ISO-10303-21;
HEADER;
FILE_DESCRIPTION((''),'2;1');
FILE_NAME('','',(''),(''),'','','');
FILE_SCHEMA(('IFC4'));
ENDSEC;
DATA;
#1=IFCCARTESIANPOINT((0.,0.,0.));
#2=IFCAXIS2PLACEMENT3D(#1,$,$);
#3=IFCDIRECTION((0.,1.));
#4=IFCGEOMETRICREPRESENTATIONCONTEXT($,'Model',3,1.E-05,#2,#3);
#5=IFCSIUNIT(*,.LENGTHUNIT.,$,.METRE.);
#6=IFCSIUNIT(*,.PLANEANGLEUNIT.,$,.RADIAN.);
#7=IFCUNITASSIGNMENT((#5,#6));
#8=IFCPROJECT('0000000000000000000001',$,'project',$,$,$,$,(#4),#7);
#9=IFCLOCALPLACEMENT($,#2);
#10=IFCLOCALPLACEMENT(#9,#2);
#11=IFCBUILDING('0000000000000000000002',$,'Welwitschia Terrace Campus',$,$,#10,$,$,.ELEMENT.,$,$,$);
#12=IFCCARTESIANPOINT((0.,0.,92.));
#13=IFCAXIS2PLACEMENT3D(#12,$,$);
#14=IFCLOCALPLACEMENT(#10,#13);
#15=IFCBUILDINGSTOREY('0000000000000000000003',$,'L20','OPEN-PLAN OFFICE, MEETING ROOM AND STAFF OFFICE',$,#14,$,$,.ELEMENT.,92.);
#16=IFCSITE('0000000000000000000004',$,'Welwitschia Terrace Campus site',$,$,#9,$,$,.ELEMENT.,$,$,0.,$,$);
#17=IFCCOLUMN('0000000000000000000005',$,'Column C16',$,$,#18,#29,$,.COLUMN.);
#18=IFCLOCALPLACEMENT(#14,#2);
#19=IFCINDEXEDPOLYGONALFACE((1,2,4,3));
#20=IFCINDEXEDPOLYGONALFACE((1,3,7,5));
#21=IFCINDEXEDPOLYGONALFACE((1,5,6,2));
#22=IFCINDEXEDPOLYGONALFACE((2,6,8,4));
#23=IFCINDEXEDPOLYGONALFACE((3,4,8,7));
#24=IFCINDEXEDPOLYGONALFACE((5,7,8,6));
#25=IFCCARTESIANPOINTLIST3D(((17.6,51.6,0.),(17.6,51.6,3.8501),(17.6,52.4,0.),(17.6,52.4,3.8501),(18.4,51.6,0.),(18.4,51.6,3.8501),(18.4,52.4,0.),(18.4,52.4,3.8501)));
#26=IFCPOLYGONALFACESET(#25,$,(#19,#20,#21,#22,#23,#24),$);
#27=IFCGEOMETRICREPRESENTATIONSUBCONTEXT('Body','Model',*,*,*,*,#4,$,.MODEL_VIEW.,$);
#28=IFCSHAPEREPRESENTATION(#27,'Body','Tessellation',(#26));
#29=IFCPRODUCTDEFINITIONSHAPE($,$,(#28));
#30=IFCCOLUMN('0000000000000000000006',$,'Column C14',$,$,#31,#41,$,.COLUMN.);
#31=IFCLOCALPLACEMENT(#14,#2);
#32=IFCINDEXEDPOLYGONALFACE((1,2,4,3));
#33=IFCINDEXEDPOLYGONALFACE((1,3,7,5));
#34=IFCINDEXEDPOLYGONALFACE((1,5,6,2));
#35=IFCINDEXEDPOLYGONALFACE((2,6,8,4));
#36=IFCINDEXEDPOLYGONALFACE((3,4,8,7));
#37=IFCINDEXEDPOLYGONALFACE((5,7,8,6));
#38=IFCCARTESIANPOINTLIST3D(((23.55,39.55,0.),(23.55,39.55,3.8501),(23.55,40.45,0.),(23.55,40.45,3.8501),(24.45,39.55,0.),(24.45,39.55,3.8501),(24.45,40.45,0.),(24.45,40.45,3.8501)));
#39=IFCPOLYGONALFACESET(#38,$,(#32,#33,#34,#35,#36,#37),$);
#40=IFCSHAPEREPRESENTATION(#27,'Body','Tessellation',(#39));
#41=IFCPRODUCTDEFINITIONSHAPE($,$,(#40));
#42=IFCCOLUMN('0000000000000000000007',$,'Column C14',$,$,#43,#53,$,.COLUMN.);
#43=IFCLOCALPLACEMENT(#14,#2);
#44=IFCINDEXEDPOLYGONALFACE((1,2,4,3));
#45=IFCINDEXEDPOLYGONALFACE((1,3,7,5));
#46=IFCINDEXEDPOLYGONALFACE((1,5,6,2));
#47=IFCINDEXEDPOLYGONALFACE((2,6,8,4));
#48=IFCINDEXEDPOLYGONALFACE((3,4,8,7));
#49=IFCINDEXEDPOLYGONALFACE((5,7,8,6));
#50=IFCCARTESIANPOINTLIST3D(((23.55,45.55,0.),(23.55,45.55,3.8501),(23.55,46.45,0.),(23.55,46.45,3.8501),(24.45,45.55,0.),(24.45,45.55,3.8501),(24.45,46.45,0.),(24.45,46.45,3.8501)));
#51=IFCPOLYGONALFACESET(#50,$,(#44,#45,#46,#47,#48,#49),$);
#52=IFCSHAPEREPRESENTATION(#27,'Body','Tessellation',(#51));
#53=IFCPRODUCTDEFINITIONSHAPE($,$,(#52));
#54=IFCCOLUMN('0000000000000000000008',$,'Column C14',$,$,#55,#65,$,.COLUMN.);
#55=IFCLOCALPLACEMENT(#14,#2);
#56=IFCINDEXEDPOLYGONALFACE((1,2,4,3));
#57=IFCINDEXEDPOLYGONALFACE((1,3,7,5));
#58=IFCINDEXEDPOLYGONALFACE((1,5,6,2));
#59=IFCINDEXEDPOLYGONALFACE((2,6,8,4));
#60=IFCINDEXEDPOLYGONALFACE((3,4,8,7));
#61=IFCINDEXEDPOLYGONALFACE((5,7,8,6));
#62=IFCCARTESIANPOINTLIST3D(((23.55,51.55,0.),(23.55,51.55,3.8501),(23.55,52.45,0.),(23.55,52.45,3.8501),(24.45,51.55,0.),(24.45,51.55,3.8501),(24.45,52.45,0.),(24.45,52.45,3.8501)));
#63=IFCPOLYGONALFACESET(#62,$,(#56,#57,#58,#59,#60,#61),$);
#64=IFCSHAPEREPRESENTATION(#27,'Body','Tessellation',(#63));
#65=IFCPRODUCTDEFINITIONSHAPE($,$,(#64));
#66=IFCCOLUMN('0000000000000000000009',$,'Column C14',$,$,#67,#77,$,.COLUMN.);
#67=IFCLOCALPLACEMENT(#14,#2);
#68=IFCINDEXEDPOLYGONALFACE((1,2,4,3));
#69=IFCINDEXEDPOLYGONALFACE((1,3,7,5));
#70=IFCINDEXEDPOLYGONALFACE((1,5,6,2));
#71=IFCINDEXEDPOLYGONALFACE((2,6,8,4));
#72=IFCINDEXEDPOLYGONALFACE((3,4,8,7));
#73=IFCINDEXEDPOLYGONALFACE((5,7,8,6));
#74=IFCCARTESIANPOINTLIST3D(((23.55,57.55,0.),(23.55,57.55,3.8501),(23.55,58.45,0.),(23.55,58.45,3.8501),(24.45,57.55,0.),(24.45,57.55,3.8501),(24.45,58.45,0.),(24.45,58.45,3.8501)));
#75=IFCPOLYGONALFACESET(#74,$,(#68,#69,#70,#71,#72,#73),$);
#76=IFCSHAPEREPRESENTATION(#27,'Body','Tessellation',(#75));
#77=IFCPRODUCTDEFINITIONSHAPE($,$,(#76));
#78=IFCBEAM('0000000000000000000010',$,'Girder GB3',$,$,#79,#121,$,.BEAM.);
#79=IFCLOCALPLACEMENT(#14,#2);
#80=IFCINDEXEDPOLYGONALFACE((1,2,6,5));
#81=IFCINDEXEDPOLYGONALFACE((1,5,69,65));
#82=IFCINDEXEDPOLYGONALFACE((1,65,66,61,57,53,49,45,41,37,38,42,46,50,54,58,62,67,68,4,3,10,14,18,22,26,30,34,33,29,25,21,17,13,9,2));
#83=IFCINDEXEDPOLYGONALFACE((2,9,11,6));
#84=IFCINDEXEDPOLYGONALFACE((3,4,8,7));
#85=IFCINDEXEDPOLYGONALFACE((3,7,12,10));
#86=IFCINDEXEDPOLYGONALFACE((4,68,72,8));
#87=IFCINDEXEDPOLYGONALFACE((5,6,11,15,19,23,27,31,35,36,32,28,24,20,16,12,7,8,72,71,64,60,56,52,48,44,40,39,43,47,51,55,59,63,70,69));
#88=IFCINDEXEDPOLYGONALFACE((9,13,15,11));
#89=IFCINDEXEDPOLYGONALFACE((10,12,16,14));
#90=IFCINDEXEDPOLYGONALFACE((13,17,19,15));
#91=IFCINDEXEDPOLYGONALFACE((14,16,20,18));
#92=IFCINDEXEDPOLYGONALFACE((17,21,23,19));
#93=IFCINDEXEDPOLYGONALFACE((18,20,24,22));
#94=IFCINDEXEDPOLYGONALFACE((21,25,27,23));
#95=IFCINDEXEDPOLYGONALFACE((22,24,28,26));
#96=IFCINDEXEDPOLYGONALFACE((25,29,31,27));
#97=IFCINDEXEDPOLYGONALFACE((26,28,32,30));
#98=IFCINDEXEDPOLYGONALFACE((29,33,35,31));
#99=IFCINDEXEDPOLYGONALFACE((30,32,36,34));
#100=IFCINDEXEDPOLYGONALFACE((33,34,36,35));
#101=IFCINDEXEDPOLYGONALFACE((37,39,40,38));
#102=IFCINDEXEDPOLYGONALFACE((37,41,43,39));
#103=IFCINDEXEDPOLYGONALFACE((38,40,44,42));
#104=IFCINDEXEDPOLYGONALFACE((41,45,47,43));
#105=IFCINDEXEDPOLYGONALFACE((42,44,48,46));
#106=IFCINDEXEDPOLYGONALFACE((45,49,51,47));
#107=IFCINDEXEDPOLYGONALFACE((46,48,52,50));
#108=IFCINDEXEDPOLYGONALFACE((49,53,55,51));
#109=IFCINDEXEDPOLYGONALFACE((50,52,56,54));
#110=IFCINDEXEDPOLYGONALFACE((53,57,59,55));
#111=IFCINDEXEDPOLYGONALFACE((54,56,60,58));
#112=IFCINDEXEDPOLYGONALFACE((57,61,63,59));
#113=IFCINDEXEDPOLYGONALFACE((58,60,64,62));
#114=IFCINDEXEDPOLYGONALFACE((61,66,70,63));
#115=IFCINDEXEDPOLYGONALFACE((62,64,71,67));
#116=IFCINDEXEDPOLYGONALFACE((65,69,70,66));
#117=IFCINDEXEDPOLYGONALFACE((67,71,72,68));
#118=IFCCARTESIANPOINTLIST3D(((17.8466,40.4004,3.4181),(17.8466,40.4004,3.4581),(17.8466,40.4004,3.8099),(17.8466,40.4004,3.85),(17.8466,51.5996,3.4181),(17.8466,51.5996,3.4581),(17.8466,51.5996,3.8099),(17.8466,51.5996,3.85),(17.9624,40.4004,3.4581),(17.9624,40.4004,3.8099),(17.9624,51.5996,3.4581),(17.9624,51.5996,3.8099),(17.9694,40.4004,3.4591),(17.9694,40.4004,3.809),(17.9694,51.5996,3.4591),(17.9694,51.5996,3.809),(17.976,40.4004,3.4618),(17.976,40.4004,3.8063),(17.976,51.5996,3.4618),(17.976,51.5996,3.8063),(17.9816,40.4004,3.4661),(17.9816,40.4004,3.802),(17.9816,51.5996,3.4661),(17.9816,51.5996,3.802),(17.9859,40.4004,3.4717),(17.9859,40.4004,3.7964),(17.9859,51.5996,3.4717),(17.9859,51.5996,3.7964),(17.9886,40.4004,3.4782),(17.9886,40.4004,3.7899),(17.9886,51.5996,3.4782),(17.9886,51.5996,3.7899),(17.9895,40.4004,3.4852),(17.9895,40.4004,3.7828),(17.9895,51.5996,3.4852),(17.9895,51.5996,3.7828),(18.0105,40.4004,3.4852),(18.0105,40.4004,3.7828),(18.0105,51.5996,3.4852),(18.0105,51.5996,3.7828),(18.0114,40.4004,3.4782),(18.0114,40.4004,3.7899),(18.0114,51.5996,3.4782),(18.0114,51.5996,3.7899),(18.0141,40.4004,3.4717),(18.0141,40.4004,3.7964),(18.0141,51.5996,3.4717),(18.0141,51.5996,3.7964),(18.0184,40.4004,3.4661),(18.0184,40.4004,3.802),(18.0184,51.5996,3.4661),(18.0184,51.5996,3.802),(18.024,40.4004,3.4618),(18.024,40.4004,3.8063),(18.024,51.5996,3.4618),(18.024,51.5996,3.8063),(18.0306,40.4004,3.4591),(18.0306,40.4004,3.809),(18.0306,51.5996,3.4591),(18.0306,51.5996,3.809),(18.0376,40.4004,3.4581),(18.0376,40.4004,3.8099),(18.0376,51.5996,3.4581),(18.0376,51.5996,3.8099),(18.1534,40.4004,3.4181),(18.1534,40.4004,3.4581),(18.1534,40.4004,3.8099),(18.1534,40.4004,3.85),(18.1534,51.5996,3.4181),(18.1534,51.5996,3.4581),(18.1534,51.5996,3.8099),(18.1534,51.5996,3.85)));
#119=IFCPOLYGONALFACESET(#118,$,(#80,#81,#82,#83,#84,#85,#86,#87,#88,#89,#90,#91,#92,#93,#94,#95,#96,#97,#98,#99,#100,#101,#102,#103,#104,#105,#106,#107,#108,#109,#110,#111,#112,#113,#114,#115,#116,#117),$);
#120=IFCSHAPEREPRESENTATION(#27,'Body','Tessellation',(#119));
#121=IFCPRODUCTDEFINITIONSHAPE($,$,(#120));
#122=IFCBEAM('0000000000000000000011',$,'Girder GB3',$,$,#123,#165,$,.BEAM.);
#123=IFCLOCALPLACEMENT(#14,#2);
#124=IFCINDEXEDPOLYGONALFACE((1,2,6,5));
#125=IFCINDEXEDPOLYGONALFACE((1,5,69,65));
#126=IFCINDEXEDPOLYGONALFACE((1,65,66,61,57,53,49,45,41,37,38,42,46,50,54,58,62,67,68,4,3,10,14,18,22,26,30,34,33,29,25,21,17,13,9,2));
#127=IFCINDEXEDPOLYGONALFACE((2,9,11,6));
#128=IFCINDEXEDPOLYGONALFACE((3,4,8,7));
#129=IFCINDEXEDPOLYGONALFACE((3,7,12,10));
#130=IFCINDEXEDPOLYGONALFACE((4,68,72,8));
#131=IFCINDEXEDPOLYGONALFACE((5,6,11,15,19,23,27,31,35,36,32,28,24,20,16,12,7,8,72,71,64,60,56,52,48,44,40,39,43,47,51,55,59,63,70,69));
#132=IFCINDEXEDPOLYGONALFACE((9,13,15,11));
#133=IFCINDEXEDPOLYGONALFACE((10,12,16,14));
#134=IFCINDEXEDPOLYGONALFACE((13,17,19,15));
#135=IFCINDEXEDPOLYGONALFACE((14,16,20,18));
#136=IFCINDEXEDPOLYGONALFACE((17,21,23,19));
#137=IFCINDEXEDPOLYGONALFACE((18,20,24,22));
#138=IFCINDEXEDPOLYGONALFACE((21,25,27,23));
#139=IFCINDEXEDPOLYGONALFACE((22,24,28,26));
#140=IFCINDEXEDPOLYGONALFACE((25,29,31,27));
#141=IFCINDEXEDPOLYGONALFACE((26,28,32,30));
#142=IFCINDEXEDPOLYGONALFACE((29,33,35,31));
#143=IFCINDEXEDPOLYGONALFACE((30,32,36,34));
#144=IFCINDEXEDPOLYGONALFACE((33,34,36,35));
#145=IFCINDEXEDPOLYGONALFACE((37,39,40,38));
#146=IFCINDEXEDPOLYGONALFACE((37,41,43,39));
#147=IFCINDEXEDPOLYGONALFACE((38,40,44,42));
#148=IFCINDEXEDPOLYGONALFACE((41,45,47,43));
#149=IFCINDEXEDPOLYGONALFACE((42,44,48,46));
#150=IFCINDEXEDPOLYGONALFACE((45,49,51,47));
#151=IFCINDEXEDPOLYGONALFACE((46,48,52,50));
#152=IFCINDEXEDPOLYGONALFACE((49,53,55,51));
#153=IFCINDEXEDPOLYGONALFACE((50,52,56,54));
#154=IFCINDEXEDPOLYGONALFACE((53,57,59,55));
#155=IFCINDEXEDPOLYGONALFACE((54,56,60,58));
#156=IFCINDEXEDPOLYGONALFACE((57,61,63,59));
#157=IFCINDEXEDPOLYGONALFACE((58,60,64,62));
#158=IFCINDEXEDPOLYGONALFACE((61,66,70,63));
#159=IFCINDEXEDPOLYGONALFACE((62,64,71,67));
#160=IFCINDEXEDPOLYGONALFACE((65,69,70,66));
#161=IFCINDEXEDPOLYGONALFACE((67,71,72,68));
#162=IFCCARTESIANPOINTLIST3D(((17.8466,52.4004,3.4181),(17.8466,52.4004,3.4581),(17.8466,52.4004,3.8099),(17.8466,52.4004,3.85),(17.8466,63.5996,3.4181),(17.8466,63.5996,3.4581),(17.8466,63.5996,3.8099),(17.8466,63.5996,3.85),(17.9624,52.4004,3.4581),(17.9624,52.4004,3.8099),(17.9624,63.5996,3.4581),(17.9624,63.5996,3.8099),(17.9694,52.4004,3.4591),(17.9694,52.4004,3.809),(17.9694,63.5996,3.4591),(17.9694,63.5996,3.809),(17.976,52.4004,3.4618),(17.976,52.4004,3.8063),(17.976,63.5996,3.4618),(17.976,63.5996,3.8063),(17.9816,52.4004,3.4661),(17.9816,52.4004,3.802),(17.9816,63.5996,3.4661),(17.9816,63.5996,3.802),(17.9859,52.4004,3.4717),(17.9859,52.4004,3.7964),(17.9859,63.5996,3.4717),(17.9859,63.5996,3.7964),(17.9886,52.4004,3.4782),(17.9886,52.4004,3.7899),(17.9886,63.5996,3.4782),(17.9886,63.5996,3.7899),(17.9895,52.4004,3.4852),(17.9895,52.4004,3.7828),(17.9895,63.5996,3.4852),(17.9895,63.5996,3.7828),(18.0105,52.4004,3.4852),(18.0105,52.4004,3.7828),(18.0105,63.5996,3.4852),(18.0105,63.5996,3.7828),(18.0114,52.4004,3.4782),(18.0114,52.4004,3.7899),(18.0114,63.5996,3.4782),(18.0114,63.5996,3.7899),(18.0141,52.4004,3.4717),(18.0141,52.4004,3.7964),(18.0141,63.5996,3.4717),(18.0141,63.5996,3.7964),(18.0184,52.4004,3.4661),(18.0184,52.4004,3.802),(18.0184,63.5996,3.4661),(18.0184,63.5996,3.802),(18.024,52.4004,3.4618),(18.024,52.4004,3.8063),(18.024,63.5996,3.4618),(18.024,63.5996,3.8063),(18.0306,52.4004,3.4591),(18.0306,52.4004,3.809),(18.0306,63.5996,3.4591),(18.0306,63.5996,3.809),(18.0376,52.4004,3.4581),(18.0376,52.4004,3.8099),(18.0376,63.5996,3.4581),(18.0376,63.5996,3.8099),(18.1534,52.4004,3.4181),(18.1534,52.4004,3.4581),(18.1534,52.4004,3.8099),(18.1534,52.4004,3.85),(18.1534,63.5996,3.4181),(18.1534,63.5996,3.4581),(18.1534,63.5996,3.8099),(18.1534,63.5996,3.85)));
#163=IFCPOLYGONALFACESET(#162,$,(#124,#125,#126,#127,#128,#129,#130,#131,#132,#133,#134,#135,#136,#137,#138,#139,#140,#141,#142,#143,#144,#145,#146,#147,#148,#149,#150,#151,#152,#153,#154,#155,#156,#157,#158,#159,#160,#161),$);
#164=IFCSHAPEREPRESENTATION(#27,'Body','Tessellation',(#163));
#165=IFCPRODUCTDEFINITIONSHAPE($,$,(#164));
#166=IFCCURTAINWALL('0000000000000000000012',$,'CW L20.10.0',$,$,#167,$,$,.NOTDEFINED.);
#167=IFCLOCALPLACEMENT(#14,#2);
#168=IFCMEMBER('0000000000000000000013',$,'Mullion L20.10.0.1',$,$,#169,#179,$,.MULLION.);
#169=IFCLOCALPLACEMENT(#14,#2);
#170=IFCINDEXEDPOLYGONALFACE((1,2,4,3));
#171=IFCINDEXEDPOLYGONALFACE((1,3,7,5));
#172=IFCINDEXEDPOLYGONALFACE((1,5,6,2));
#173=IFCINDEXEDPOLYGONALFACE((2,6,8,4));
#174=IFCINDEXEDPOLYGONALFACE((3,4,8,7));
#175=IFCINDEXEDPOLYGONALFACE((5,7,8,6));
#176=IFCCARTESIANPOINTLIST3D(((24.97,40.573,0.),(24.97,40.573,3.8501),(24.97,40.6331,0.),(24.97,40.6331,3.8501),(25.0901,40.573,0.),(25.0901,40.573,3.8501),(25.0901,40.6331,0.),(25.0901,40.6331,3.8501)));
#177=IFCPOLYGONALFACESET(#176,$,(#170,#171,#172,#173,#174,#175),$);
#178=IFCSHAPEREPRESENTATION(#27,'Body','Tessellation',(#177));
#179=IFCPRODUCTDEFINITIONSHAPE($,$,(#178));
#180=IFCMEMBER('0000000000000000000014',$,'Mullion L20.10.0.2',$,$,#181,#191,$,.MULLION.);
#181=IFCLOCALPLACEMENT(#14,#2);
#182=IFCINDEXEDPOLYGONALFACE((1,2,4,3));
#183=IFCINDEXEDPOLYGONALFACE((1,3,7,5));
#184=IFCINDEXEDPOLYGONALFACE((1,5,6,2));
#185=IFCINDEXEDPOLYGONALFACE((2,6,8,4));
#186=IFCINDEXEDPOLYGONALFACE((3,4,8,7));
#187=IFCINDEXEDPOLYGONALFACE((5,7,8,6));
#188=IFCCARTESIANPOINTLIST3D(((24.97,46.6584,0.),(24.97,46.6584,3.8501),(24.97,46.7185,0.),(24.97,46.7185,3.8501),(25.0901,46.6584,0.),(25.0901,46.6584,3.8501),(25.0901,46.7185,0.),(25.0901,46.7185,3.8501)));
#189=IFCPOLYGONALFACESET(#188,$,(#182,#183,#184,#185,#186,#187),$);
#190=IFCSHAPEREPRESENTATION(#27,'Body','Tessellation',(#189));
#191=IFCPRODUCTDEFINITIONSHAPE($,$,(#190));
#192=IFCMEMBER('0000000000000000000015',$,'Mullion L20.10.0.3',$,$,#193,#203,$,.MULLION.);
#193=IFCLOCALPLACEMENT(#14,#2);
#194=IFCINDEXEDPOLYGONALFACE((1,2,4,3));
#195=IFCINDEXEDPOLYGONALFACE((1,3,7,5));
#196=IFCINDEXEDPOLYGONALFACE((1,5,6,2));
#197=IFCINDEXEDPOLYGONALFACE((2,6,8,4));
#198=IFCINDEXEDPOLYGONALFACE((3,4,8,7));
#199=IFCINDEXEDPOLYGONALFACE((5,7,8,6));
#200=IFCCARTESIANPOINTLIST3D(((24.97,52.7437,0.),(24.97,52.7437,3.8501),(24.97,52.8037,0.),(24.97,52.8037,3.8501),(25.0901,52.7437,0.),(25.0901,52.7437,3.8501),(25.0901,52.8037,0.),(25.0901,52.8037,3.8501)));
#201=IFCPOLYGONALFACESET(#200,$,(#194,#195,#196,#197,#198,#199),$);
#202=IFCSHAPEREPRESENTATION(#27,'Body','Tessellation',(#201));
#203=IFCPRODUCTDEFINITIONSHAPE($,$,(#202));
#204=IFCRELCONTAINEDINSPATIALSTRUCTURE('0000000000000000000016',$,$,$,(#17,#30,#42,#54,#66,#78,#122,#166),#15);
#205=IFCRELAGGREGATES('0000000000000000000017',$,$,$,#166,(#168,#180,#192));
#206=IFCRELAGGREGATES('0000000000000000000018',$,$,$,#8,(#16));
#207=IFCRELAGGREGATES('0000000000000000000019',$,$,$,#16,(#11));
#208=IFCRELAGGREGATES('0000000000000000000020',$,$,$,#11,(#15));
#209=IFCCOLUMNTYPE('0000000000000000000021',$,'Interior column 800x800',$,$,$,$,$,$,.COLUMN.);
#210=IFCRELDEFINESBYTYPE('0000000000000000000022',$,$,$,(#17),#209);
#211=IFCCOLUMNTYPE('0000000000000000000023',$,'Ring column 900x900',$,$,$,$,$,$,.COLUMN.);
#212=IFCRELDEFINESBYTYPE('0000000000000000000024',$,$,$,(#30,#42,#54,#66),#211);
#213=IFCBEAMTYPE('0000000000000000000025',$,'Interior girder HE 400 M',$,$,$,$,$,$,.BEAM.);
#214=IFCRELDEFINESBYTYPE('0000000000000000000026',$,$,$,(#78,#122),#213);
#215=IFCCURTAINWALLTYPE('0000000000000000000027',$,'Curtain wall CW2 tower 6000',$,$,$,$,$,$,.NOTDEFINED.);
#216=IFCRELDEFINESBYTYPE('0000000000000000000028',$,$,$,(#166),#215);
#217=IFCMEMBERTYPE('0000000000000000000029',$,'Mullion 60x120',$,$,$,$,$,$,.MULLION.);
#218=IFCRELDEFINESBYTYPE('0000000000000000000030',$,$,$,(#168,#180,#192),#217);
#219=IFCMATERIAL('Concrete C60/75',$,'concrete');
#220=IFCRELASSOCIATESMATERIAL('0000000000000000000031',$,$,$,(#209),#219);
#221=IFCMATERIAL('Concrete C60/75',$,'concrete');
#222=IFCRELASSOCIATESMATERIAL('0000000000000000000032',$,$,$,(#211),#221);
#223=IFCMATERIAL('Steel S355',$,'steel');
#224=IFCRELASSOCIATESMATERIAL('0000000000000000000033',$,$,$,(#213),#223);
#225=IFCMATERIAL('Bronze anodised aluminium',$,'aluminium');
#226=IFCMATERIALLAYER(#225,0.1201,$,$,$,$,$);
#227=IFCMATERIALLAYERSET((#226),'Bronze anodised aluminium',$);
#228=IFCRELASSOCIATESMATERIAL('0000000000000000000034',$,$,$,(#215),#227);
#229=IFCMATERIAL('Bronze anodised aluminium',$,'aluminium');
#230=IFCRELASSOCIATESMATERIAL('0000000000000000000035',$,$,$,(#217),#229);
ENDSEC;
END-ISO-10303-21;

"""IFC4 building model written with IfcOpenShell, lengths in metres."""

from ifc_helpers import new_model, si_unit, direction, frame, origin, origin_2d, place, context, subcontext, project, spatial, rectangle, i_section, extrude, material, layer, layer_set, material_profile, profile_set, type_object, element, aggregate, save


model = new_model("IFC4")

# Units and contexts
model_context = context("Model", 3, precision=1e-05, world=origin(), true_north=direction((0.0, 1.0)))
body_context = subcontext(model_context, "Body", "Model", "MODEL_VIEW")
ifc_project = project(units=[si_unit("LENGTHUNIT", "METRE"), si_unit("PLANEANGLEUNIT", "RADIAN")], contexts=[model_context])

# Site, building, storey
site_placement = place(None, origin())
site = spatial("IfcSite", under=ifc_project, at=site_placement, Name="Welwitschia Terrace Campus site", CompositionType="ELEMENT", RefElevation=0.0)
building_placement = place(site_placement, origin())
building = spatial("IfcBuilding", under=site, at=building_placement, Name="Welwitschia Terrace Campus", CompositionType="ELEMENT")
storey_placement = place(building_placement, frame((0.0, 0.0, 92.0)))
storey = spatial("IfcBuildingStorey", under=building, at=storey_placement, Name="L20", Description="OPEN-PLAN OFFICE, MEETING ROOM AND STAFF OFFICE", CompositionType="ELEMENT", Elevation=92.0)

# Columns
ifc_material_1 = material(Name="Concrete C60/75", Category="concrete")
ifc_material_profile_1 = material_profile(ifc_material_1, rectangle(XDim=0.8, YDim=0.8, at=origin_2d()))
ifc_profile_set_1 = profile_set([ifc_material_profile_1], Name="Concrete C60/75")
column_type_1 = type_object("IfcColumnType", Name="Interior column 800x800", PredefinedType="COLUMN", material=ifc_profile_set_1)
column_placement = place(storey_placement, frame((18.0, 52.0, 0.0), z_axis=(0.0, 0.0, 1.0), x_axis=(1.0, 0.0, 0.0)))
element("IfcColumn", 1, at=column_placement, inside=storey, type_object=column_type_1, Name="Column C16", PredefinedType="COLUMN", context=body_context, shape_type="SweptSolid", body=[
    extrude(rectangle(XDim=0.8, YDim=0.8, at=origin_2d()), origin(), (0.0, 0.0, 1.0), 3.8501),
])
ifc_material_2 = material(Name="Concrete C60/75", Category="concrete")
ifc_material_profile_2 = material_profile(ifc_material_2, rectangle(XDim=0.8999, YDim=0.8999, at=origin_2d()))
ifc_profile_set_2 = profile_set([ifc_material_profile_2], Name="Concrete C60/75")
column_type_2 = type_object("IfcColumnType", Name="Ring column 900x900", PredefinedType="COLUMN", material=ifc_profile_set_2)
for number, where, z_axis, x_axis, name in (
    (2, (24.0, 40.0, 0.0), (0.0, 0.0, 1.0), (1.0, 0.0, 0.0), "Column C14"),
    (3, (24.0, 46.0, 0.0), (0.0, 0.0, 1.0), (1.0, 0.0, 0.0), "Column C14"),
    (4, (24.0, 52.0, 0.0), (0.0, 0.0, 1.0), (1.0, 0.0, 0.0), "Column C14"),
    (5, (24.0, 58.0, 0.0), (0.0, 0.0, 1.0), (1.0, 0.0, 0.0), "Column C14"),
):
    element("IfcColumn", number, at=place(storey_placement, frame(where, z_axis=z_axis, x_axis=x_axis)), inside=storey, type_object=column_type_2, Name=name, PredefinedType="COLUMN", context=body_context, shape_type="SweptSolid", body=[
        extrude(rectangle(XDim=0.8999, YDim=0.8999, at=origin_2d()), origin(), (0.0, 0.0, 1.0), 3.8501),
    ])

# Beams
ifc_material_3 = material(Name="Steel S355", Category="steel")
ifc_material_profile_3 = material_profile(ifc_material_3, i_section(OverallWidth=0.3069, OverallDepth=0.4319, WebThickness=0.021, FlangeThickness=0.04, FilletRadius=0.0271, at=origin_2d()))
ifc_profile_set_3 = profile_set([ifc_material_profile_3], Name="Steel S355")
beam_type_1 = type_object("IfcBeamType", Name="Interior girder HE 400 M", PredefinedType="BEAM", material=ifc_profile_set_3)
for number, where, z_axis, x_axis, name in (
    (6, (18.0, 40.4004, 3.634), (0.0, 1.0, 0.0), (-1.0, 0.0, 0.0), "Girder GB3"),
    (7, (18.0, 52.4004, 3.634), (0.0, 1.0, 0.0), (-1.0, 0.0, 0.0), "Girder GB3"),
):
    element("IfcBeam", number, at=place(storey_placement, frame(where, z_axis=z_axis, x_axis=x_axis)), inside=storey, type_object=beam_type_1, Name=name, PredefinedType="BEAM", context=body_context, shape_type="SweptSolid", body=[
        extrude(i_section(OverallWidth=0.3069, OverallDepth=0.4319, WebThickness=0.021, FlangeThickness=0.04, FilletRadius=0.0271, at=origin_2d()), origin(), (0.0, 0.0, 1.0), 11.1992),
    ])

# Curtain wall, members
ifc_material_4 = material(Name="Bronze anodised aluminium", Category="aluminium")
ifc_layer_1 = layer(ifc_material_4, 0.1201)
ifc_layer_set_1 = layer_set([ifc_layer_1], Name="Bronze anodised aluminium")
curtain_wall_type = type_object("IfcCurtainWallType", Name="Curtain wall CW2 tower 6000", PredefinedType="NOTDEFINED", material=ifc_layer_set_1)
curtain_wall_placement = place(storey_placement, origin())
curtain_wall = element("IfcCurtainWall", 8, at=curtain_wall_placement, inside=storey, type_object=curtain_wall_type, Name="CW L20.10.0", PredefinedType="NOTDEFINED")
ifc_material_5 = material(Name="Bronze anodised aluminium", Category="aluminium")
ifc_material_profile_4 = material_profile(ifc_material_5, rectangle(XDim=0.1201, YDim=0.0601, at=origin_2d()))
ifc_profile_set_4 = profile_set([ifc_material_profile_4], Name="Bronze anodised aluminium")
member_type = type_object("IfcMemberType", Name="Mullion 60x120", PredefinedType="MULLION", material=ifc_profile_set_4)
member_1_placement = place(storey_placement, frame((25.03, 40.603, 0.0), z_axis=(0.0, 0.0, 1.0), x_axis=(-1.0, 0.0, 0.0)))
member_1 = element("IfcMember", 9, at=member_1_placement, type_object=member_type, Name="Mullion L20.10.0.1", PredefinedType="MULLION", context=body_context, shape_type="SweptSolid", body=[
    extrude(rectangle(XDim=0.1201, YDim=0.0601, at=origin_2d()), origin(), (0.0, 0.0, 1.0), 3.8501),
])
member_2_placement = place(storey_placement, frame((25.03, 46.6885, 0.0), z_axis=(0.0, 0.0, 1.0), x_axis=(-1.0, 0.0, 0.0)))
member_2 = element("IfcMember", 10, at=member_2_placement, type_object=member_type, Name="Mullion L20.10.0.2", PredefinedType="MULLION", context=body_context, shape_type="SweptSolid", body=[
    extrude(rectangle(XDim=0.1201, YDim=0.0601, at=origin_2d()), origin(), (0.0, 0.0, 1.0), 3.8501),
])
member_3_placement = place(storey_placement, frame((25.03, 52.7737, 0.0), z_axis=(0.0, 0.0, 1.0), x_axis=(-1.0, 0.0, 0.0)))
member_3 = element("IfcMember", 11, at=member_3_placement, type_object=member_type, Name="Mullion L20.10.0.3", PredefinedType="MULLION", context=body_context, shape_type="SweptSolid", body=[
    extrude(rectangle(XDim=0.1201, YDim=0.0601, at=origin_2d()), origin(), (0.0, 0.0, 1.0), 3.8501),
])

aggregate(curtain_wall, [member_1, member_2, member_3])

save(model, "model.ifc")
